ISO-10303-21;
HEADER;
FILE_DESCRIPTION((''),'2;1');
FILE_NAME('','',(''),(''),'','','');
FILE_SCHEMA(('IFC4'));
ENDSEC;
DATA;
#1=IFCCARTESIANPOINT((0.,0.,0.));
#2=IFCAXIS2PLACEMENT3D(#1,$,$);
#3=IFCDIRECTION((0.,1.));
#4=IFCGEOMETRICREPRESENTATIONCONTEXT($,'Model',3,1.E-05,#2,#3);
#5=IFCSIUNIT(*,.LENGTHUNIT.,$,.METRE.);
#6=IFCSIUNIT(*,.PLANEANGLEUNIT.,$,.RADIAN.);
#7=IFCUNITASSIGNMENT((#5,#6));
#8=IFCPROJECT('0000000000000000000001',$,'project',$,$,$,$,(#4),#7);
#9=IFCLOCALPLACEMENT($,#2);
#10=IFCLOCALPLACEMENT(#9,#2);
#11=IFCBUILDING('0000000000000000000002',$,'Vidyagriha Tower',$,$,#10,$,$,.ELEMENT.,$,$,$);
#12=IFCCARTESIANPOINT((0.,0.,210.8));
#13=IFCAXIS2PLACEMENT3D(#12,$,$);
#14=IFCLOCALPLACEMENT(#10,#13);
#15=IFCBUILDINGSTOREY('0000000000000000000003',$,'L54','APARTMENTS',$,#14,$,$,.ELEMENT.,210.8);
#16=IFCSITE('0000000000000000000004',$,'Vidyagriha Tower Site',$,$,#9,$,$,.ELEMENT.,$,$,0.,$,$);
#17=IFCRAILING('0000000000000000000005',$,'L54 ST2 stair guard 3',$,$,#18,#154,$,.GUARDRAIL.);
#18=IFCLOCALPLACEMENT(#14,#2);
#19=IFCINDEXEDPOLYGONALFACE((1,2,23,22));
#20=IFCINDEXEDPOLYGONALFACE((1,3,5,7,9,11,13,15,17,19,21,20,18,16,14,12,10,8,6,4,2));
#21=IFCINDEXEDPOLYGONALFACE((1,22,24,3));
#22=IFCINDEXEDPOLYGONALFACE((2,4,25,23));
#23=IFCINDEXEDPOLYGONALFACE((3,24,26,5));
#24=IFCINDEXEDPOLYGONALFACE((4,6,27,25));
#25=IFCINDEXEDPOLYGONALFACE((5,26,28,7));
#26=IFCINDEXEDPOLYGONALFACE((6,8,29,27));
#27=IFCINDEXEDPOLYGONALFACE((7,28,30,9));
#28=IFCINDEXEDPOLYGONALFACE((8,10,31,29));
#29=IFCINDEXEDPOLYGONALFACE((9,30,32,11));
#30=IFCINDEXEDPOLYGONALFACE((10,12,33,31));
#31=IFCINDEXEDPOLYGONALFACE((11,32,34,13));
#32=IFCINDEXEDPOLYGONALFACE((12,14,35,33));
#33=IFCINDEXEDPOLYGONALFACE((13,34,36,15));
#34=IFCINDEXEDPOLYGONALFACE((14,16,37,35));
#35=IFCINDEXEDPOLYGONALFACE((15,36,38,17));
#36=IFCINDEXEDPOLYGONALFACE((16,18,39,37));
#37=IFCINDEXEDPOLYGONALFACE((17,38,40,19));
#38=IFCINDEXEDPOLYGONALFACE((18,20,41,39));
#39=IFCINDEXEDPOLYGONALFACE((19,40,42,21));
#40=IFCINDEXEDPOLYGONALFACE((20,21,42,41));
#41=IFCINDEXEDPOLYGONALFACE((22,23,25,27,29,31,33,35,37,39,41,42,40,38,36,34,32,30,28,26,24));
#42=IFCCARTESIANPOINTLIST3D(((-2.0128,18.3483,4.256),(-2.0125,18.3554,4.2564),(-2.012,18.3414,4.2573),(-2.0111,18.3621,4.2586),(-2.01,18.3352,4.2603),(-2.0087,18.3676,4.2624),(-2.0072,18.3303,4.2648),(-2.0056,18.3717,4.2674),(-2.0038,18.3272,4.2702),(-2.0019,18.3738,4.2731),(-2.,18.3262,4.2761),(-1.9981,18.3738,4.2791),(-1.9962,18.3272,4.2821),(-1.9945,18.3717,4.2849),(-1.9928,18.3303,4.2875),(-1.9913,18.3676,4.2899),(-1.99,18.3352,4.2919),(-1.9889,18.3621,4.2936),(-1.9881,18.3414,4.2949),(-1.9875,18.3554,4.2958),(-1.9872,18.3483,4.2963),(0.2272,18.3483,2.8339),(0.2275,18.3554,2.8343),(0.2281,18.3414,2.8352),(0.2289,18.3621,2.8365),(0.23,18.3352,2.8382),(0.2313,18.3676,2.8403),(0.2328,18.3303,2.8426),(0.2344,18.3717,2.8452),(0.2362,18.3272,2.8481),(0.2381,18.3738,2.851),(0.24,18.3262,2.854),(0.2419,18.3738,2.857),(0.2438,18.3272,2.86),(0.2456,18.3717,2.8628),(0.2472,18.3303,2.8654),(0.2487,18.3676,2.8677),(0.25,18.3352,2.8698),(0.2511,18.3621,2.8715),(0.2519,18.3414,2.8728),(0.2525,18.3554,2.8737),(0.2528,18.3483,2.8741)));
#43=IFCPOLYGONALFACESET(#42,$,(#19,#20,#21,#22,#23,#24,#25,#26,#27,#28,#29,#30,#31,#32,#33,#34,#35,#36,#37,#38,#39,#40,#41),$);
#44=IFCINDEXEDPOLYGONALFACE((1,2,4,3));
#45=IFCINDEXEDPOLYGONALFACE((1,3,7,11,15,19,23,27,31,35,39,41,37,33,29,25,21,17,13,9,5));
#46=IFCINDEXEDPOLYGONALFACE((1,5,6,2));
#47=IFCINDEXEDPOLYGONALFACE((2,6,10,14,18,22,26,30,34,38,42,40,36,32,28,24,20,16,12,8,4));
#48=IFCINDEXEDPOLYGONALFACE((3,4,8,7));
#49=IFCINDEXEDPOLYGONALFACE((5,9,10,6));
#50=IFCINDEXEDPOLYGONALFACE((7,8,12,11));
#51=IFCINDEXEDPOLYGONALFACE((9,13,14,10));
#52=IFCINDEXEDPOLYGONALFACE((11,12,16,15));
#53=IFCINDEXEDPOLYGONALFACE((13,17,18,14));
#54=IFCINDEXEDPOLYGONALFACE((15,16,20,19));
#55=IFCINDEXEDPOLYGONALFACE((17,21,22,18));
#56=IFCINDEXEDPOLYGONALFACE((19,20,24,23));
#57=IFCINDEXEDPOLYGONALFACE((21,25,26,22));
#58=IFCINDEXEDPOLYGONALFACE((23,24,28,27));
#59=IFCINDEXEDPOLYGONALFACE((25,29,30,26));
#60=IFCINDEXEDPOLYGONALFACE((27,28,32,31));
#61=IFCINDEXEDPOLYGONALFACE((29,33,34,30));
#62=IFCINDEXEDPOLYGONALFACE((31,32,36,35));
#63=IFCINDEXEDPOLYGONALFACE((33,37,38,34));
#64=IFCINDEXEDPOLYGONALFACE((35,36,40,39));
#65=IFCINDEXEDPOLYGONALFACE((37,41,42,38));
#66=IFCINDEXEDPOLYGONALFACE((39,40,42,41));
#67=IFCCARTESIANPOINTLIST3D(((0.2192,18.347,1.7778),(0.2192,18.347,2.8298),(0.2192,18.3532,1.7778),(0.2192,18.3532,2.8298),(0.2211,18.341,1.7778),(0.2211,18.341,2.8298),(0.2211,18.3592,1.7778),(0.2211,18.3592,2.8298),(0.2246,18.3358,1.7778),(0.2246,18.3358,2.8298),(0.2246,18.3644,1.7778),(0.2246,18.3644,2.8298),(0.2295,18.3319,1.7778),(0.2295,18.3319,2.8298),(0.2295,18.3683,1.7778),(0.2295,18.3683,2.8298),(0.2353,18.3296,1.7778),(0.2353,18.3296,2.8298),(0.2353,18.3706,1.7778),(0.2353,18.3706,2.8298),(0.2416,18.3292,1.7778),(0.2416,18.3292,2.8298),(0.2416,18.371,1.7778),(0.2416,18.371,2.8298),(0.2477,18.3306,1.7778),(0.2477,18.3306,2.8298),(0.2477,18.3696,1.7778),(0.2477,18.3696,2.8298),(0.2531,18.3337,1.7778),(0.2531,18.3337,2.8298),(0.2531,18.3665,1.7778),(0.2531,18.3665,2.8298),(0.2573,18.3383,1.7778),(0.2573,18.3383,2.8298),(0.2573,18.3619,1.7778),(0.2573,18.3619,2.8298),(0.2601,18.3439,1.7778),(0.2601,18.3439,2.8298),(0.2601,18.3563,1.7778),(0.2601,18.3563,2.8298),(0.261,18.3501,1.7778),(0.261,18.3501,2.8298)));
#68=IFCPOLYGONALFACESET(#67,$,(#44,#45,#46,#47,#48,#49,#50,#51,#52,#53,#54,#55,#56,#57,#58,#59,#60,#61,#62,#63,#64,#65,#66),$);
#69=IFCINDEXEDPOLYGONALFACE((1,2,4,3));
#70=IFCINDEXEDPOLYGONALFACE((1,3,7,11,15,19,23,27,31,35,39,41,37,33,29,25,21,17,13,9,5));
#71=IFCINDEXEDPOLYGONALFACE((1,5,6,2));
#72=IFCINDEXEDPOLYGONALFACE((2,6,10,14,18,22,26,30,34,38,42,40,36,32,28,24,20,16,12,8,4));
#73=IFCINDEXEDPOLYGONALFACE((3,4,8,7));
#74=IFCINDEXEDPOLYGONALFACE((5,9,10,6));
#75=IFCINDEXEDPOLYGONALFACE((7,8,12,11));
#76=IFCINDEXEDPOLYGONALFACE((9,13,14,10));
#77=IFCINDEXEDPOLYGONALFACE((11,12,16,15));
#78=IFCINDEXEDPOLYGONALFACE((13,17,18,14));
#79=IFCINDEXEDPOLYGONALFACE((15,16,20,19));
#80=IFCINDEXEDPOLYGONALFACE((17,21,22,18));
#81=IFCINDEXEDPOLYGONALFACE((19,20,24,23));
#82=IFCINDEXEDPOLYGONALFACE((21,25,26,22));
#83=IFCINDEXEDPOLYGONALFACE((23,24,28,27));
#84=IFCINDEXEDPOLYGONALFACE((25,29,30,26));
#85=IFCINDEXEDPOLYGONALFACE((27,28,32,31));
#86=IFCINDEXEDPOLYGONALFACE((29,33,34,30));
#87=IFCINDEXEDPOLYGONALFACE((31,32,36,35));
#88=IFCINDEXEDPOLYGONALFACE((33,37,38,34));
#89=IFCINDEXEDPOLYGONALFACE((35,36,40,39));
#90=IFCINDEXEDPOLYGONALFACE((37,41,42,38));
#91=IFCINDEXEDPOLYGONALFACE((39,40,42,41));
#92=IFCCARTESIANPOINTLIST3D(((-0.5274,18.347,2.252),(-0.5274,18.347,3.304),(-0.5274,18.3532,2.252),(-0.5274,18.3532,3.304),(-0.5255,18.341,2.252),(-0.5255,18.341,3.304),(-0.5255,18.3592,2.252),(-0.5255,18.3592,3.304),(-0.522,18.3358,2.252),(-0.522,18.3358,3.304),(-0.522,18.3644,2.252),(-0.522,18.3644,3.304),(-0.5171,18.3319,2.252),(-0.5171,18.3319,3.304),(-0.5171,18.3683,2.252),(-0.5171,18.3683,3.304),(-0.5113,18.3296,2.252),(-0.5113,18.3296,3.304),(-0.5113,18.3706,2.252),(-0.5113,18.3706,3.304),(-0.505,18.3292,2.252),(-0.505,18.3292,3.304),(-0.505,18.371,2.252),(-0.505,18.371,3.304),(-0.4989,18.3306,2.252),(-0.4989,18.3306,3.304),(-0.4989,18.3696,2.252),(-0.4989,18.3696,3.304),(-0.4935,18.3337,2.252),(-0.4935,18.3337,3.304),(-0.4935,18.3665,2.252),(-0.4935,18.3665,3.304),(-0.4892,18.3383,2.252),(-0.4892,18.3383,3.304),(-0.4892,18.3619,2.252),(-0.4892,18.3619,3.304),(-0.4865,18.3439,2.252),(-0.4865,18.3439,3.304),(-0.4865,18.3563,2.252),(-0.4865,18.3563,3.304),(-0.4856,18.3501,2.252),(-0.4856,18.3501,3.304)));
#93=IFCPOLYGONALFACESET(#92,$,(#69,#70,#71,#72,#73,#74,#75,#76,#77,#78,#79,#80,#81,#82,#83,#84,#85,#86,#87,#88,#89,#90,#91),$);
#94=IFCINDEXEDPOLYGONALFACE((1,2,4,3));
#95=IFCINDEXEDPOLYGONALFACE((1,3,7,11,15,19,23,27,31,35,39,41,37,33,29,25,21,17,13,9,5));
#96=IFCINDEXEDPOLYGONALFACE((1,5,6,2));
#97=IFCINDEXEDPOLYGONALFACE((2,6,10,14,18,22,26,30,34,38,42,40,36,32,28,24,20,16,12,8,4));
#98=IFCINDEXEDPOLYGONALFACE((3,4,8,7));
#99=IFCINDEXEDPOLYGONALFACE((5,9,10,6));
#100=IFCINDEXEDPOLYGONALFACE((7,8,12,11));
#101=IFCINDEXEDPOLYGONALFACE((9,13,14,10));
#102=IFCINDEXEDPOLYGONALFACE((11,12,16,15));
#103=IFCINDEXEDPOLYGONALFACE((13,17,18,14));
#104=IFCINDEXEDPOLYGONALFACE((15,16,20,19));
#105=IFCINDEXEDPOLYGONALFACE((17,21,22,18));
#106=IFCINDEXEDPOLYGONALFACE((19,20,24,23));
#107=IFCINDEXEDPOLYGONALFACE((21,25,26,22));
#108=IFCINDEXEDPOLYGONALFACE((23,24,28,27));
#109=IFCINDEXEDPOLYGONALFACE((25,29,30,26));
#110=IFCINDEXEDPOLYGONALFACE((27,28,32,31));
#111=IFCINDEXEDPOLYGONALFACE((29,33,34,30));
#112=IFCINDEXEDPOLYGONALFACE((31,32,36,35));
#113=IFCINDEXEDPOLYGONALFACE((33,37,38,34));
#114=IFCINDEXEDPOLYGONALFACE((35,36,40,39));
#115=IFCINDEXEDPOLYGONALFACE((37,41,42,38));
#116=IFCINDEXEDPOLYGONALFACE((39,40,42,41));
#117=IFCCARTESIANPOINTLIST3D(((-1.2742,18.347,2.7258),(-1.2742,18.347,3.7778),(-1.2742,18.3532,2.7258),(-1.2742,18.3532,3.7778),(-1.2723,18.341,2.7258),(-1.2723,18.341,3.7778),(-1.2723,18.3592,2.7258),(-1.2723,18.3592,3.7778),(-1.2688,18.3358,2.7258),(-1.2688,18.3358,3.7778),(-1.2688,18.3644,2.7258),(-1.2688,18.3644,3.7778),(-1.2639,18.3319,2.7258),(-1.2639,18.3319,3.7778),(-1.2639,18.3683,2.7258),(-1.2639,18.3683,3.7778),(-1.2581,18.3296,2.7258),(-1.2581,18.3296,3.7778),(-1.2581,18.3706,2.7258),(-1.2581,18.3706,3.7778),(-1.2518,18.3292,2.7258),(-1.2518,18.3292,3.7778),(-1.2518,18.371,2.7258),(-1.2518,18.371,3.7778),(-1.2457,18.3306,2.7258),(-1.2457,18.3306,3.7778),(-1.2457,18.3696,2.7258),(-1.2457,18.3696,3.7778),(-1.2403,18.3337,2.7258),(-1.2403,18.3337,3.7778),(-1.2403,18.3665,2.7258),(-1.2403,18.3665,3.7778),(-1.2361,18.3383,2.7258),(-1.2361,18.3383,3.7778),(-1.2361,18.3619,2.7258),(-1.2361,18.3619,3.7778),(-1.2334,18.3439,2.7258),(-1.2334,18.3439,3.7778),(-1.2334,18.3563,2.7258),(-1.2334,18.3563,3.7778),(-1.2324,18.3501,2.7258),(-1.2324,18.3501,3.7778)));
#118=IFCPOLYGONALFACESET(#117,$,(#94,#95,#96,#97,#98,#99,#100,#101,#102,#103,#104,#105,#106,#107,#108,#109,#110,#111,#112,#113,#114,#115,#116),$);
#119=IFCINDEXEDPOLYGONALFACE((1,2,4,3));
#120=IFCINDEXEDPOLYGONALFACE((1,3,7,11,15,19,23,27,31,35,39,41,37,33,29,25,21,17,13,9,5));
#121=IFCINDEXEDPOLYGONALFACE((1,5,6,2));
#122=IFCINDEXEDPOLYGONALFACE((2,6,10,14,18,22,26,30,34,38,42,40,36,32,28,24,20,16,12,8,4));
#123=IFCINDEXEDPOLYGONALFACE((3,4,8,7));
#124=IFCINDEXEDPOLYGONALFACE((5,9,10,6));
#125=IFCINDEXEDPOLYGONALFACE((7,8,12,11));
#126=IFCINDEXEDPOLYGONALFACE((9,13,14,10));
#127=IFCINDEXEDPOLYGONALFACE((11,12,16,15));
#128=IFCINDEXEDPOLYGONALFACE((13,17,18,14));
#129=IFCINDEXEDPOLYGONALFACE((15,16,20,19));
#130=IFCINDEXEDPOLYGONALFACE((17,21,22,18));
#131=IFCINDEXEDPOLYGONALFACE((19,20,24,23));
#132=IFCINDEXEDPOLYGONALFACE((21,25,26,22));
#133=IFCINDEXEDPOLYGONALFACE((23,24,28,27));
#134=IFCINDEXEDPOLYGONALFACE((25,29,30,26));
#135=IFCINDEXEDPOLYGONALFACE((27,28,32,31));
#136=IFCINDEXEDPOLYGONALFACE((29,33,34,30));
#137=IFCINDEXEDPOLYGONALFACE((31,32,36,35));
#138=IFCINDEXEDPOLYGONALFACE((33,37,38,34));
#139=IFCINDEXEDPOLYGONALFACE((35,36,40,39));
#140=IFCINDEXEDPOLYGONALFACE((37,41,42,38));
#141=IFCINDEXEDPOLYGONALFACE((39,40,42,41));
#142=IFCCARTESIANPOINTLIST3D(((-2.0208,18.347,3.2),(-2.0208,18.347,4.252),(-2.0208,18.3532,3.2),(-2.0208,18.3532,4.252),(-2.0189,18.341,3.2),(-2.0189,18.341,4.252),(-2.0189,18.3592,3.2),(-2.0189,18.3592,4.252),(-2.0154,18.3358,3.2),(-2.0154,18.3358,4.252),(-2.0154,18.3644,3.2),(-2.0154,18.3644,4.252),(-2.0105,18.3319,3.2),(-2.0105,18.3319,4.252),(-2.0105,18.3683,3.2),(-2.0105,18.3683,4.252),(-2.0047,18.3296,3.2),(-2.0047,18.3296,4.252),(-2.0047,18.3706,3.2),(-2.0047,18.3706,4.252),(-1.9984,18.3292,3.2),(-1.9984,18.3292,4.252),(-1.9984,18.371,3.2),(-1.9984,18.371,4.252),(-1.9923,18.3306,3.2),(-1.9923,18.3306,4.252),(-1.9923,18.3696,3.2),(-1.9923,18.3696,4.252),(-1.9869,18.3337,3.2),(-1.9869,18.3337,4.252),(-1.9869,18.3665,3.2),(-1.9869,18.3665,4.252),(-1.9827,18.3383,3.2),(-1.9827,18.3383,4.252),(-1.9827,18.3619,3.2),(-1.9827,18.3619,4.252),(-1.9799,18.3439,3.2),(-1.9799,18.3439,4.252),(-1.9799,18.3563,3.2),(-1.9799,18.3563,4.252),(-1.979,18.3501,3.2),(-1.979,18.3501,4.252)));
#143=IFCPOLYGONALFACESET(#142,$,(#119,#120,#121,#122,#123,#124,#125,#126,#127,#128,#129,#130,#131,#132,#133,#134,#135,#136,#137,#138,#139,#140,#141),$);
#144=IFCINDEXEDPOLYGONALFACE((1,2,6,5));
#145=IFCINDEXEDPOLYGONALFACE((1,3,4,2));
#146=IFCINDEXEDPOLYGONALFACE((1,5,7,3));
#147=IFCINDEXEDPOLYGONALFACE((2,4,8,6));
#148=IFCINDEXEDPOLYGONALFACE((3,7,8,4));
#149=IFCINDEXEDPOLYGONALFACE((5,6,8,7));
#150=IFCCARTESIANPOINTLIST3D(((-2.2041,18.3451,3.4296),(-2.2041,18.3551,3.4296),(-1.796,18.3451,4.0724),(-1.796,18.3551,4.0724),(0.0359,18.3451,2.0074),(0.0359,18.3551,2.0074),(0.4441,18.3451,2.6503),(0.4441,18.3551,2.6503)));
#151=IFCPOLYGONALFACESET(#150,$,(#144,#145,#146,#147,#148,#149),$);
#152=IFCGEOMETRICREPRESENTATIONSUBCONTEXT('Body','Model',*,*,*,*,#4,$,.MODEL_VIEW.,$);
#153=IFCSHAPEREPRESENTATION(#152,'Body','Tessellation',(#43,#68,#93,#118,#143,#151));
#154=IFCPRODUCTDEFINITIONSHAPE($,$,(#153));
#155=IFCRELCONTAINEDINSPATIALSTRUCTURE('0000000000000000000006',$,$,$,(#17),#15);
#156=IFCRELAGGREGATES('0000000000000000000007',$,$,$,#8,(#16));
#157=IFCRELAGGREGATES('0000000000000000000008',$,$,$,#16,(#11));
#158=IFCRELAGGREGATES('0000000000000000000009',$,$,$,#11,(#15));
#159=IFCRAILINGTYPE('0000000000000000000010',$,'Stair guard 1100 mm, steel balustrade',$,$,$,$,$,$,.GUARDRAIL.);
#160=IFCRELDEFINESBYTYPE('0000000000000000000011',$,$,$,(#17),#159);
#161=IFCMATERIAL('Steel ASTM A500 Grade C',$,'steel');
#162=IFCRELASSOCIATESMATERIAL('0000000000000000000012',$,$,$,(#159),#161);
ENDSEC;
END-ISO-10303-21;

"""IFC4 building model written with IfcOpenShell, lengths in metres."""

from ifc_helpers import new_model, si_unit, direction, frame, origin, origin_2d, place, context, subcontext, project, spatial, rectangle, circle, extrude, material, type_object, element, save


model = new_model("IFC4")

# Units and contexts
model_context = context("Model", 3, precision=1e-05, world=origin(), true_north=direction((0.0, 1.0)))
body_context = subcontext(model_context, "Body", "Model", "MODEL_VIEW")
ifc_project = project(units=[si_unit("LENGTHUNIT", "METRE"), si_unit("PLANEANGLEUNIT", "RADIAN")], contexts=[model_context])

# Site, building, storey
site_placement = place(None, origin())
site = spatial("IfcSite", under=ifc_project, at=site_placement, Name="Vidyagriha Tower Site", CompositionType="ELEMENT", RefElevation=0.0)
building_placement = place(site_placement, origin())
building = spatial("IfcBuilding", under=site, at=building_placement, Name="Vidyagriha Tower", CompositionType="ELEMENT")
storey_placement = place(building_placement, frame((0.0, 0.0, 210.8)))
storey = spatial("IfcBuildingStorey", under=building, at=storey_placement, Name="L54", Description="APARTMENTS", CompositionType="ELEMENT", Elevation=210.8)

# Railing
ifc_material_1 = material(Name="Steel ASTM A500 Grade C", Category="steel")
railing_type_1 = type_object("IfcRailingType", Name="Stair guard 1100 mm, steel balustrade", PredefinedType="GUARDRAIL", material=ifc_material_1)
railing_1_placement = place(storey_placement, frame((0.24, 18.3501, 1.7778)))
element("IfcRailing", 1, at=railing_1_placement, inside=storey, type_object=railing_type_1, Name="L54 ST2 stair guard 3", PredefinedType="GUARDRAIL", context=body_context, shape_type="SweptSolid", body=[
    extrude(circle(Radius=0.0239, at=origin_2d()), frame((0.0, 0.0, 1.0762), z_axis=(-0.844229, 0.0, 0.535982), x_axis=(0.0, -1.0, 0.0)), (0.0, 0.0, 1.0), 2.6533),
    extrude(circle(Radius=0.021, at=origin_2d()), origin(), (0.0, 0.0, 1.0), 1.052),
    extrude(circle(Radius=0.021, at=origin_2d()), frame((-0.7466, 0.0, 0.4741)), (0.0, 0.0, 1.0), 1.052),
    extrude(circle(Radius=0.021, at=origin_2d()), frame((-1.4934, 0.0, 0.948)), (0.0, 0.0, 1.0), 1.052),
    extrude(circle(Radius=0.021, at=origin_2d()), frame((-2.24, 0.0, 1.4221)), (0.0, 0.0, 1.0), 1.052),
    extrude(rectangle(XDim=0.01, YDim=0.7615, at=origin_2d()), frame((0.0, 0.0, 0.551), z_axis=(-0.844229, 0.0, 0.535982), x_axis=(0.0, -1.0, 0.0)), (0.0, 0.0, 1.0), 2.6533),
])

save(model, "model.ifc")
